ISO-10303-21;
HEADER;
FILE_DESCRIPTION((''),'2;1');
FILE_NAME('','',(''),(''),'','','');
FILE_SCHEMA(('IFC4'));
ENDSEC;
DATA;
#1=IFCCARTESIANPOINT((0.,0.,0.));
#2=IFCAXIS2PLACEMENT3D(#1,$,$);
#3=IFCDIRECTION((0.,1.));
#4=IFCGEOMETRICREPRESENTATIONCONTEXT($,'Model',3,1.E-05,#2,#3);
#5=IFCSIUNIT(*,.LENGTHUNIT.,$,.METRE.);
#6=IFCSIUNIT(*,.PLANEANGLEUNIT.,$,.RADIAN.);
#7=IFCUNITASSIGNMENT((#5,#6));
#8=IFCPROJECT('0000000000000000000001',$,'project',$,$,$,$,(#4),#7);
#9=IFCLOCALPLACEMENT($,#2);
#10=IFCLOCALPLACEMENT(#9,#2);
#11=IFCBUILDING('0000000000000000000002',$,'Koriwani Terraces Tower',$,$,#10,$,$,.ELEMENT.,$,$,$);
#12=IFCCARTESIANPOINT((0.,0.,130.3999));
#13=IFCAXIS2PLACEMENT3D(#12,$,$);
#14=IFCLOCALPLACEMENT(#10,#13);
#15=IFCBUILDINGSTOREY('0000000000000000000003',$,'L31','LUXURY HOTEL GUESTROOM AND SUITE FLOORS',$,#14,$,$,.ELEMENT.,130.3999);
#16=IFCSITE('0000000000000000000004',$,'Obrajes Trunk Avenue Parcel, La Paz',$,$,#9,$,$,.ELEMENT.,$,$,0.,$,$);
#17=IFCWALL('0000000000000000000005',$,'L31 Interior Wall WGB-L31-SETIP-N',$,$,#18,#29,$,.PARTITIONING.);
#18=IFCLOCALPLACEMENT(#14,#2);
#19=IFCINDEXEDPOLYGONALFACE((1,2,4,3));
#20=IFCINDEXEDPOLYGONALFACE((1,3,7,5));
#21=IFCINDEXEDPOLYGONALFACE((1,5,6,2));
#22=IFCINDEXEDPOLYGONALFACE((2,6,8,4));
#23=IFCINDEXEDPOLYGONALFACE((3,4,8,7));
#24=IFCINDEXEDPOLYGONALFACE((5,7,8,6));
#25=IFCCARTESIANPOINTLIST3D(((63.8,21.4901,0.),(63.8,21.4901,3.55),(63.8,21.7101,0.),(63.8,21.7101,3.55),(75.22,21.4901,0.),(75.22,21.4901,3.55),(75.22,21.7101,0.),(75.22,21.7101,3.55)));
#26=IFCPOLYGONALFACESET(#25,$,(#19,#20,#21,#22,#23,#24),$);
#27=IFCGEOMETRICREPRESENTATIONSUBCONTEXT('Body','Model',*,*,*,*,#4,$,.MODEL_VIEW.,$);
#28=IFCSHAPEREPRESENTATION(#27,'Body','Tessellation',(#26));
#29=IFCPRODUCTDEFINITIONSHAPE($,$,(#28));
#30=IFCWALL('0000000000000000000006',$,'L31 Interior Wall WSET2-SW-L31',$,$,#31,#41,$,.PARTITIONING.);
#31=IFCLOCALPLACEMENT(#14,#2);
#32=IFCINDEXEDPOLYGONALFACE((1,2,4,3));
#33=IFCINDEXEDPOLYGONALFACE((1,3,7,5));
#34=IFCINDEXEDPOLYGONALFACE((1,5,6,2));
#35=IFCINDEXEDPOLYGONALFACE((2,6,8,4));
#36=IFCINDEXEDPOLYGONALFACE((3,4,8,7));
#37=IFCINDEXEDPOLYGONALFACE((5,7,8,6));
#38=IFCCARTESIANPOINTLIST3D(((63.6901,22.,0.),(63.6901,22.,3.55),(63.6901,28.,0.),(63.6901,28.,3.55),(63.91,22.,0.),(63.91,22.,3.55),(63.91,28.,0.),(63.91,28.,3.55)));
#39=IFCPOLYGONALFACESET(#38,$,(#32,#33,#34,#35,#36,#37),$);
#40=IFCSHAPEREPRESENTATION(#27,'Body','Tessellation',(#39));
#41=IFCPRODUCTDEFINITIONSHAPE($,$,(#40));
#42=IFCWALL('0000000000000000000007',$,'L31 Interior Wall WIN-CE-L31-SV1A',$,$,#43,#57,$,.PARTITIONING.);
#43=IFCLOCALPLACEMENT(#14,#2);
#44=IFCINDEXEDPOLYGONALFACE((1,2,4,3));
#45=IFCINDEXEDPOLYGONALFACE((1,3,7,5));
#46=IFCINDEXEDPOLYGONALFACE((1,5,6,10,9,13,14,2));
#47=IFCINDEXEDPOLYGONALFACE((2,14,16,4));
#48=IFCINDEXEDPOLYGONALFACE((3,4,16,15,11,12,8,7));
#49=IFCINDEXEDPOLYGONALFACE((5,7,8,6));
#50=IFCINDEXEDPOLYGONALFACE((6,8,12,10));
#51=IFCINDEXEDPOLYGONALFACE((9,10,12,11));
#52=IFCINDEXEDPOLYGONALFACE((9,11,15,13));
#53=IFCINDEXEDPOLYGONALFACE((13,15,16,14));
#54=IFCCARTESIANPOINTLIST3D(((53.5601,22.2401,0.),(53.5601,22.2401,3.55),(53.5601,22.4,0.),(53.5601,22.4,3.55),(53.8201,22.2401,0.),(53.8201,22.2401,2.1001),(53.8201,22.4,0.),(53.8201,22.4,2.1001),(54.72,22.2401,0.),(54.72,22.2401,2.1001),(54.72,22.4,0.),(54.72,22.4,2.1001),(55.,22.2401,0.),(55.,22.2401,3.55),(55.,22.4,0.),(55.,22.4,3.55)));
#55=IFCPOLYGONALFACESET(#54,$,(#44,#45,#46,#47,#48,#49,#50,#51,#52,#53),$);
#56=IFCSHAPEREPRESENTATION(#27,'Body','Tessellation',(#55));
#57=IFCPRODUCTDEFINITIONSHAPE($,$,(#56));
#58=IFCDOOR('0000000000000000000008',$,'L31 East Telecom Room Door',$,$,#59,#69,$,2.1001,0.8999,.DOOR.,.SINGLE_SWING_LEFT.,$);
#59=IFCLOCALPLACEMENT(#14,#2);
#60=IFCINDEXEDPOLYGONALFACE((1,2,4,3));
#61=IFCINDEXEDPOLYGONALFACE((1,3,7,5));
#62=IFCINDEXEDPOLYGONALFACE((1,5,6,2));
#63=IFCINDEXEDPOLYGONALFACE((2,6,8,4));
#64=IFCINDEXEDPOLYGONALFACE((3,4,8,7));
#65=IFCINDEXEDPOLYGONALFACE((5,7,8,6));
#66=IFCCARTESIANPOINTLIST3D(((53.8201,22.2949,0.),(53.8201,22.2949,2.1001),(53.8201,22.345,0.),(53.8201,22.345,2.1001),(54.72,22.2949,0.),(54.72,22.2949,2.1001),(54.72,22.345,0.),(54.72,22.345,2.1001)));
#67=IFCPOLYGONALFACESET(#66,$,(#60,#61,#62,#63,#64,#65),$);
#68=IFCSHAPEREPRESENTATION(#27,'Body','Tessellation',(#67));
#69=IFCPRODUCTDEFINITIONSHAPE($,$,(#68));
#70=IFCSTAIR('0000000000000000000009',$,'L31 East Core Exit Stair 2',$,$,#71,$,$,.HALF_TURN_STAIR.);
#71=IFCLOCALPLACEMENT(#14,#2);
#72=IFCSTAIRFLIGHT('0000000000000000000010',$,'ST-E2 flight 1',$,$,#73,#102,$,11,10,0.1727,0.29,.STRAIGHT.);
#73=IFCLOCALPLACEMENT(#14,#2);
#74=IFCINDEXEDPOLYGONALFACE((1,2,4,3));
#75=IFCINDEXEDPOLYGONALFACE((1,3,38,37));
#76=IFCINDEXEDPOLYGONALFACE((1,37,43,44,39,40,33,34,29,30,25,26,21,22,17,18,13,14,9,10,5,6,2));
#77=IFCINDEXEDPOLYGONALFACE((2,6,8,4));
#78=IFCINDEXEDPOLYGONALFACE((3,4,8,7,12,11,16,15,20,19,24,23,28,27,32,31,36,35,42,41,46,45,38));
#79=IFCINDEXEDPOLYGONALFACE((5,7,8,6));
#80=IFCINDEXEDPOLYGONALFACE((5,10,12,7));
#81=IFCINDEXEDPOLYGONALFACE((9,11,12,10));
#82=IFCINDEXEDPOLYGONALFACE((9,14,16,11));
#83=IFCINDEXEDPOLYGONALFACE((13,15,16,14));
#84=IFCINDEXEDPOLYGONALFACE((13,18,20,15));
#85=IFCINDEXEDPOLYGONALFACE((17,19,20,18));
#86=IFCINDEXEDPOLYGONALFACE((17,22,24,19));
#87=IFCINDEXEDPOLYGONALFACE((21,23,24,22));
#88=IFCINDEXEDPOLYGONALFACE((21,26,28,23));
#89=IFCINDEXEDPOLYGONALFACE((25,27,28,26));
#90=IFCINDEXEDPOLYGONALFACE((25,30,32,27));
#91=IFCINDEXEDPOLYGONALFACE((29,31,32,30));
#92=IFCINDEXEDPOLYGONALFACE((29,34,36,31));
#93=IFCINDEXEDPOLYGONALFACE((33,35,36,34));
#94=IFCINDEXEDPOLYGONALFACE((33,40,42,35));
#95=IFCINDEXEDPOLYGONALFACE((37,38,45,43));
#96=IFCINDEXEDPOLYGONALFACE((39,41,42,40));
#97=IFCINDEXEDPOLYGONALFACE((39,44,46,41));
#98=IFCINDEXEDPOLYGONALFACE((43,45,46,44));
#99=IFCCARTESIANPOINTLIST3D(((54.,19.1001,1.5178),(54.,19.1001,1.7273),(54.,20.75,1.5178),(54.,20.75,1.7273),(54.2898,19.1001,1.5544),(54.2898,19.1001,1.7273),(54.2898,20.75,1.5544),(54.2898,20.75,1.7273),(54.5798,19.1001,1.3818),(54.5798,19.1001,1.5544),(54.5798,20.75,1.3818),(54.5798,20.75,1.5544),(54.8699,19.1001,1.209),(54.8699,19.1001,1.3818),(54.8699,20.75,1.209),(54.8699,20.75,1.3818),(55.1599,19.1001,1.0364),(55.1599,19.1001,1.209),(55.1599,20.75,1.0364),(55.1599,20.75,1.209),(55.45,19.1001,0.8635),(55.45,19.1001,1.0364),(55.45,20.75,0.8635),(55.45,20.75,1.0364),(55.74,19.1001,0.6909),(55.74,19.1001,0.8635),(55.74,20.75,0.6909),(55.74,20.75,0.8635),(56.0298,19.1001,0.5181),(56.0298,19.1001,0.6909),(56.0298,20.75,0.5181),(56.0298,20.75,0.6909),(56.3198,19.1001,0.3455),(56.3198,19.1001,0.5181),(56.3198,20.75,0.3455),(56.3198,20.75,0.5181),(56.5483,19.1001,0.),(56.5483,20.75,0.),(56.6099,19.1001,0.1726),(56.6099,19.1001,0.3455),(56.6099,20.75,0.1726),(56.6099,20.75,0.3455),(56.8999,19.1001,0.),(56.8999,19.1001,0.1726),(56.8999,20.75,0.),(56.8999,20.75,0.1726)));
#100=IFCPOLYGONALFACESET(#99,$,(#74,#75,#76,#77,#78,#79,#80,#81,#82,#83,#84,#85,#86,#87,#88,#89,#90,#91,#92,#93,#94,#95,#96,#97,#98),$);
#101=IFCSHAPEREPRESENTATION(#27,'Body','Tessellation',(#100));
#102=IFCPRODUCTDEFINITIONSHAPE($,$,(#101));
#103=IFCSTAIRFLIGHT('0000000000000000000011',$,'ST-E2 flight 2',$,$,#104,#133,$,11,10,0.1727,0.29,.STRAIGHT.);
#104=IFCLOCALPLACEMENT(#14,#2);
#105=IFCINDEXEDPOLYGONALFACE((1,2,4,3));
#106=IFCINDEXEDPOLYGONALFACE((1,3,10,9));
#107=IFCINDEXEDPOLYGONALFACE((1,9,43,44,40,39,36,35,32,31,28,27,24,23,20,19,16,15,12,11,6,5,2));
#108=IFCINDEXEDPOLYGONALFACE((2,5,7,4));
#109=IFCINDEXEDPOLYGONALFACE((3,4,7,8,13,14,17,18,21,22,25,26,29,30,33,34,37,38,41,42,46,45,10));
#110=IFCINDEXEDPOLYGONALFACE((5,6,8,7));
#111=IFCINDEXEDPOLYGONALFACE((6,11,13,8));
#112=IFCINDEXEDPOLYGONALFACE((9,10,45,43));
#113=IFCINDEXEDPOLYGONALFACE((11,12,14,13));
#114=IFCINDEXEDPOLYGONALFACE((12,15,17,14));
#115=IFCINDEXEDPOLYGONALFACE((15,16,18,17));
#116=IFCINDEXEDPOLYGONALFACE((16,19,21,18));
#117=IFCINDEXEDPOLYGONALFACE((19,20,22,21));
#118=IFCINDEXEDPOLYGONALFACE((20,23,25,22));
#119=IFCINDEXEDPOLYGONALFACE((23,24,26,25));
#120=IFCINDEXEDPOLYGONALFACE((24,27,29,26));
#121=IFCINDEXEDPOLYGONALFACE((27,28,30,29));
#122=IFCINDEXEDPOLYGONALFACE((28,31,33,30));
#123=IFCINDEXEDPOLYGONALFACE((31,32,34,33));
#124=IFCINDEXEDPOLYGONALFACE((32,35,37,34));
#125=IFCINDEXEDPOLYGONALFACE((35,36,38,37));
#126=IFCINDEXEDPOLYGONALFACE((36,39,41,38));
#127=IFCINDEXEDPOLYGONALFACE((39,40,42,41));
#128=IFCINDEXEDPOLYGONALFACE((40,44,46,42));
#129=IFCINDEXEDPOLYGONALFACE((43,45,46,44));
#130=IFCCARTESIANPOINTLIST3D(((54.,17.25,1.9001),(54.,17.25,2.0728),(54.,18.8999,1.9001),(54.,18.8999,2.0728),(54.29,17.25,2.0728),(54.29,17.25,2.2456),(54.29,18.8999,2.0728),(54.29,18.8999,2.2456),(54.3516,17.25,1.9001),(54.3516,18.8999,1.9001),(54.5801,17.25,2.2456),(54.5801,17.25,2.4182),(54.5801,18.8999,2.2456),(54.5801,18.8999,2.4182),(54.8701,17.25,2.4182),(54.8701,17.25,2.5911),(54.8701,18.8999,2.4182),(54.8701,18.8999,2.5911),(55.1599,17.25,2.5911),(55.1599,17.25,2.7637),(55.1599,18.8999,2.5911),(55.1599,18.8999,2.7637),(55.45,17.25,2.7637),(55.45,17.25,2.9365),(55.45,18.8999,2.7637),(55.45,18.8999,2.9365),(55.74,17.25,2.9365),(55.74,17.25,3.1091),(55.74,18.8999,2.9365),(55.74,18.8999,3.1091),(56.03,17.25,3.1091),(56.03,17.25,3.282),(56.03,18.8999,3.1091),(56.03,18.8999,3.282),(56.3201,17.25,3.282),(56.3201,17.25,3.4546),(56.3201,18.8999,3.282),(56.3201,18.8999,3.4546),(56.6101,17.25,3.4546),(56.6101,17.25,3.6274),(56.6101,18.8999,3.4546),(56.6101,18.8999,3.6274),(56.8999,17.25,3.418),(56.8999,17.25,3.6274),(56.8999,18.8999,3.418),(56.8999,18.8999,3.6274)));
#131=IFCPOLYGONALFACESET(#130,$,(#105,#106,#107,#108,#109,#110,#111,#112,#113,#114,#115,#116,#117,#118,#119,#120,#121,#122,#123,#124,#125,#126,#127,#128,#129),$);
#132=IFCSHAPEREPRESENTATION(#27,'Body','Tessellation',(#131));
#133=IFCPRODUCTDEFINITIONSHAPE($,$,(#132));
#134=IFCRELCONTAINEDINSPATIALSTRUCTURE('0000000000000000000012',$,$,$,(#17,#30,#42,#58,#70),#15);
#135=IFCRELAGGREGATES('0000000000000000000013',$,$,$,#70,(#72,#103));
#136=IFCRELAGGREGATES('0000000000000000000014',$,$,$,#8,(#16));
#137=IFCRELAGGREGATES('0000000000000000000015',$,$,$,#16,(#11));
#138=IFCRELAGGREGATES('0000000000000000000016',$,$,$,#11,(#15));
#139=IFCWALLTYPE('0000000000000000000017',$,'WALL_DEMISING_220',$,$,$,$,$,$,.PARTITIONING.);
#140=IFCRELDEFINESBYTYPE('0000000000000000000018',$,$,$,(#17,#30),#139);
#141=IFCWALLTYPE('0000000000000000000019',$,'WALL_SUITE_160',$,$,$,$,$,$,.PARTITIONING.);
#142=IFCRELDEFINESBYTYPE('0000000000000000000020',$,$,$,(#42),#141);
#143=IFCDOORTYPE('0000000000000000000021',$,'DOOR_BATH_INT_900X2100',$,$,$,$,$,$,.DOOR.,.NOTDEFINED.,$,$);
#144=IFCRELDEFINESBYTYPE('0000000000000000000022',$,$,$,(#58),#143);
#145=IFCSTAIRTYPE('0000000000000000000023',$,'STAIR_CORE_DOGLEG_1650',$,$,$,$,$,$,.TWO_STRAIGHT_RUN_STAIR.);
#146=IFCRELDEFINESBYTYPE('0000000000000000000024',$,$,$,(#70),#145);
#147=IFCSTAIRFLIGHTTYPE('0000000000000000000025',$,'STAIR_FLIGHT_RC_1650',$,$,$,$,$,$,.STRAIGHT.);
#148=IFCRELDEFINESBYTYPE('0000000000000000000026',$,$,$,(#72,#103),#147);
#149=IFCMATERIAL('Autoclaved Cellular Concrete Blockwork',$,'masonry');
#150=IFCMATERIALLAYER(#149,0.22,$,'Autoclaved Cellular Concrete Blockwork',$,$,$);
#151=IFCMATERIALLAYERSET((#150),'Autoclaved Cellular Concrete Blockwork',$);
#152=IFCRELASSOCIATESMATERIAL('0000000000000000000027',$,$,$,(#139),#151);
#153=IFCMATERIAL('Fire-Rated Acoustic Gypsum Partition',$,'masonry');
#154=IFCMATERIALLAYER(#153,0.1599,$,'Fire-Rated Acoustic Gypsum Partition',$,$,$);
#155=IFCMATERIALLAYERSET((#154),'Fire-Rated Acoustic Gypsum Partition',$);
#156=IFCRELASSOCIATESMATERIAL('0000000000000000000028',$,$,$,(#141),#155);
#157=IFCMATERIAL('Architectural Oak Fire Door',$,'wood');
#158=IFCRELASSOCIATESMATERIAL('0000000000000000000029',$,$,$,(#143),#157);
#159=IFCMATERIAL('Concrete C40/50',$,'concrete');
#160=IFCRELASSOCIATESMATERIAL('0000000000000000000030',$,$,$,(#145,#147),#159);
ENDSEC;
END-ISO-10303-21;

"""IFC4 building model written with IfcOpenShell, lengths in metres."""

from ifc_helpers import new_model, si_unit, direction, frame, frame_2d, origin, place, context, subcontext, project, spatial, polyline, rectangle, outline, extrude, material, layer, layer_set, type_object, element, fill, aggregate, save


model = new_model("IFC4")

# Units and contexts
model_context = context("Model", 3, precision=1e-05, world=origin(), true_north=direction((0.0, 1.0)))
body_context = subcontext(model_context, "Body", "Model", "MODEL_VIEW")
ifc_project = project(units=[si_unit("LENGTHUNIT", "METRE"), si_unit("PLANEANGLEUNIT", "RADIAN")], contexts=[model_context])

# Site, building, storey
site_placement = place(None, origin())
site = spatial("IfcSite", under=ifc_project, at=site_placement, Name="Obrajes Trunk Avenue Parcel, La Paz", CompositionType="ELEMENT", RefElevation=0.0)
building_placement = place(site_placement, origin())
building = spatial("IfcBuilding", under=site, at=building_placement, Name="Koriwani Terraces Tower", CompositionType="ELEMENT")
storey_placement = place(building_placement, frame((0.0, 0.0, 130.3999)))
storey = spatial("IfcBuildingStorey", under=building, at=storey_placement, Name="L31", Description="LUXURY HOTEL GUESTROOM AND SUITE FLOORS", CompositionType="ELEMENT", Elevation=130.3999)

# Shared definitions
ifc_material_1 = material(Name="Concrete C40/50", Category="concrete")

# Walls
ifc_material_2 = material(Name="Autoclaved Cellular Concrete Blockwork", Category="masonry")
ifc_layer_1 = layer(ifc_material_2, 0.22, Name="Autoclaved Cellular Concrete Blockwork")
ifc_layer_set_1 = layer_set([ifc_layer_1], Name="Autoclaved Cellular Concrete Blockwork")
wall_type_1 = type_object("IfcWallType", Name="WALL_DEMISING_220", PredefinedType="PARTITIONING", material=ifc_layer_set_1)
wall_1_placement = place(storey_placement, frame((63.8, 21.6001, 0.0), z_axis=(0.0, 0.0, 1.0), x_axis=(1.0, 0.0, 0.0)))
element("IfcWall", 1, at=wall_1_placement, inside=storey, type_object=wall_type_1, Name="L31 Interior Wall WGB-L31-SETIP-N", PredefinedType="PARTITIONING", context=body_context, shape_type="SweptSolid", body=[
    extrude(rectangle(XDim=11.4199, YDim=0.22, at=frame_2d((5.71, 0.0))), origin(), (0.0, 0.0, 1.0), 3.55),
])
wall_2_placement = place(storey_placement, frame((63.8, 22.0, 0.0), z_axis=(0.0, 0.0, 1.0), x_axis=(0.0, 1.0, 0.0)))
element("IfcWall", 2, at=wall_2_placement, inside=storey, type_object=wall_type_1, Name="L31 Interior Wall WSET2-SW-L31", PredefinedType="PARTITIONING", context=body_context, shape_type="SweptSolid", body=[
    extrude(rectangle(XDim=6.0, YDim=0.22, at=frame_2d((3.0, 0.0))), origin(), (0.0, 0.0, 1.0), 3.55),
])

# Wall, opening, door
ifc_material_3 = material(Name="Fire-Rated Acoustic Gypsum Partition", Category="masonry")
ifc_layer_2 = layer(ifc_material_3, 0.1599, Name="Fire-Rated Acoustic Gypsum Partition")
ifc_layer_set_2 = layer_set([ifc_layer_2], Name="Fire-Rated Acoustic Gypsum Partition")
wall_type_2 = type_object("IfcWallType", Name="WALL_SUITE_160", PredefinedType="PARTITIONING", material=ifc_layer_set_2)
wall_3_placement = place(storey_placement, frame((53.5601, 22.3201, 0.0), z_axis=(0.0, 0.0, 1.0), x_axis=(1.0, 0.0, 0.0)))
wall_3 = element("IfcWall", 3, at=wall_3_placement, inside=storey, type_object=wall_type_2, Name="L31 Interior Wall WIN-CE-L31-SV1A", PredefinedType="PARTITIONING", context=body_context, shape_type="SweptSolid", body=[
    extrude(rectangle(XDim=1.4399, YDim=0.1599, at=frame_2d((0.72, 0.0))), origin(), (0.0, 0.0, 1.0), 3.55),
])
opening_1_placement = place(wall_3_placement, frame((0.26, 0.0, 0.0)))
opening_1 = element("IfcOpeningElement", 4, at=opening_1_placement, cuts=wall_3, PredefinedType="OPENING", context=body_context, shape_type="SweptSolid", body=[
    extrude(rectangle(XDim=0.8999, YDim=2.1001, at=frame_2d((0.45, 1.05))), frame((0.0, 0.0898, 0.0), z_axis=(0.0, -1.0, 0.0), x_axis=(1.0, 0.0, 0.0)), (0.0, 0.0, 1.0), 0.1799),
])
ifc_material_4 = material(Name="Architectural Oak Fire Door", Category="wood")
door_type_1 = type_object("IfcDoorType", Name="DOOR_BATH_INT_900X2100", OperationType="NOTDEFINED", PredefinedType="DOOR", material=ifc_material_4)
door_1_placement = place(opening_1_placement, origin())
door_1 = element("IfcDoor", 5, at=door_1_placement, inside=storey, type_object=door_type_1, Name="L31 East Telecom Room Door", OperationType="SINGLE_SWING_LEFT", OverallHeight=2.1001, OverallWidth=0.8999, PredefinedType="DOOR", context=body_context, shape_type="SweptSolid", body=[
    extrude(rectangle(XDim=0.8999, YDim=2.1001, at=frame_2d((0.45, 1.05))), frame((0.0, 0.0249, 0.0), z_axis=(0.0, -1.0, 0.0), x_axis=(1.0, 0.0, 0.0)), (0.0, 0.0, 1.0), 0.05),
])
fill(opening_1, door_1)

# Stair, stair flights
stair_type = type_object("IfcStairType", Name="STAIR_CORE_DOGLEG_1650", PredefinedType="TWO_STRAIGHT_RUN_STAIR", material=ifc_material_1)
stair_placement = place(storey_placement, origin())
stair = element("IfcStair", 6, at=stair_placement, inside=storey, type_object=stair_type, Name="L31 East Core Exit Stair 2", PredefinedType="HALF_TURN_STAIR")
stair_flight_type = type_object("IfcStairFlightType", Name="STAIR_FLIGHT_RC_1650", PredefinedType="STRAIGHT", material=ifc_material_1)
stair_flight_1_placement = place(storey_placement, frame((56.8999, 19.925, 0.0), z_axis=(0.0, 0.0, 1.0), x_axis=(-1.0, 0.0, 0.0)))
stair_flight_1 = element("IfcStairFlight", 7, at=stair_flight_1_placement, type_object=stair_flight_type, Name="ST-E2 flight 1", NumberOfRisers=11, NumberOfTreads=10, PredefinedType="STRAIGHT", RiserHeight=0.1727, TreadLength=0.29, context=body_context, shape_type="SweptSolid", body=[
    extrude(outline(polyline([(0.0, 0.0), (0.0, 0.1726), (0.29, 0.1726), (0.29, 0.3455), (0.5801, 0.3455), (0.5801, 0.5181), (0.8701, 0.5181), (0.8701, 0.6909), (1.1599, 0.6909), (1.1599, 0.8635), (1.45, 0.8635), (1.45, 1.0364), (1.74, 1.0364), (1.74, 1.209), (2.03, 1.209), (2.03, 1.3818), (2.3201, 1.3818), (2.3201, 1.5544), (2.6101, 1.5544), (2.6101, 1.7273), (2.8999, 1.7273), (2.8999, 1.8999), (2.8999, 1.5178), (0.3516, 0.0), (0.0, 0.0)])), frame((0.0, 0.825, 0.0), z_axis=(0.0, -1.0, 0.0), x_axis=(1.0, 0.0, 0.0)), (0.0, 0.0, 1.0), 1.6499),
])
stair_flight_2_placement = place(storey_placement, frame((54.0, 18.075, 1.9001), z_axis=(0.0, 0.0, 1.0), x_axis=(1.0, 0.0, 0.0)))
stair_flight_2 = element("IfcStairFlight", 8, at=stair_flight_2_placement, type_object=stair_flight_type, Name="ST-E2 flight 2", NumberOfRisers=11, NumberOfTreads=10, PredefinedType="STRAIGHT", RiserHeight=0.1727, TreadLength=0.29, context=body_context, shape_type="SweptSolid", body=[
    extrude(outline(polyline([(0.0, 0.0), (0.0, 0.1726), (0.29, 0.1726), (0.29, 0.3455), (0.5801, 0.3455), (0.5801, 0.5181), (0.8701, 0.5181), (0.8701, 0.6909), (1.1599, 0.6909), (1.1599, 0.8635), (1.45, 0.8635), (1.45, 1.0364), (1.74, 1.0364), (1.74, 1.209), (2.03, 1.209), (2.03, 1.3818), (2.3201, 1.3818), (2.3201, 1.5544), (2.6101, 1.5544), (2.6101, 1.7273), (2.8999, 1.7273), (2.8999, 1.8999), (2.8999, 1.5178), (0.3516, 0.0), (0.0, 0.0)])), frame((0.0, 0.825, 0.0), z_axis=(0.0, -1.0, 0.0), x_axis=(1.0, 0.0, 0.0)), (0.0, 0.0, 1.0), 1.6499),
])
aggregate(stair, [stair_flight_1, stair_flight_2])

save(model, "model.ifc")
